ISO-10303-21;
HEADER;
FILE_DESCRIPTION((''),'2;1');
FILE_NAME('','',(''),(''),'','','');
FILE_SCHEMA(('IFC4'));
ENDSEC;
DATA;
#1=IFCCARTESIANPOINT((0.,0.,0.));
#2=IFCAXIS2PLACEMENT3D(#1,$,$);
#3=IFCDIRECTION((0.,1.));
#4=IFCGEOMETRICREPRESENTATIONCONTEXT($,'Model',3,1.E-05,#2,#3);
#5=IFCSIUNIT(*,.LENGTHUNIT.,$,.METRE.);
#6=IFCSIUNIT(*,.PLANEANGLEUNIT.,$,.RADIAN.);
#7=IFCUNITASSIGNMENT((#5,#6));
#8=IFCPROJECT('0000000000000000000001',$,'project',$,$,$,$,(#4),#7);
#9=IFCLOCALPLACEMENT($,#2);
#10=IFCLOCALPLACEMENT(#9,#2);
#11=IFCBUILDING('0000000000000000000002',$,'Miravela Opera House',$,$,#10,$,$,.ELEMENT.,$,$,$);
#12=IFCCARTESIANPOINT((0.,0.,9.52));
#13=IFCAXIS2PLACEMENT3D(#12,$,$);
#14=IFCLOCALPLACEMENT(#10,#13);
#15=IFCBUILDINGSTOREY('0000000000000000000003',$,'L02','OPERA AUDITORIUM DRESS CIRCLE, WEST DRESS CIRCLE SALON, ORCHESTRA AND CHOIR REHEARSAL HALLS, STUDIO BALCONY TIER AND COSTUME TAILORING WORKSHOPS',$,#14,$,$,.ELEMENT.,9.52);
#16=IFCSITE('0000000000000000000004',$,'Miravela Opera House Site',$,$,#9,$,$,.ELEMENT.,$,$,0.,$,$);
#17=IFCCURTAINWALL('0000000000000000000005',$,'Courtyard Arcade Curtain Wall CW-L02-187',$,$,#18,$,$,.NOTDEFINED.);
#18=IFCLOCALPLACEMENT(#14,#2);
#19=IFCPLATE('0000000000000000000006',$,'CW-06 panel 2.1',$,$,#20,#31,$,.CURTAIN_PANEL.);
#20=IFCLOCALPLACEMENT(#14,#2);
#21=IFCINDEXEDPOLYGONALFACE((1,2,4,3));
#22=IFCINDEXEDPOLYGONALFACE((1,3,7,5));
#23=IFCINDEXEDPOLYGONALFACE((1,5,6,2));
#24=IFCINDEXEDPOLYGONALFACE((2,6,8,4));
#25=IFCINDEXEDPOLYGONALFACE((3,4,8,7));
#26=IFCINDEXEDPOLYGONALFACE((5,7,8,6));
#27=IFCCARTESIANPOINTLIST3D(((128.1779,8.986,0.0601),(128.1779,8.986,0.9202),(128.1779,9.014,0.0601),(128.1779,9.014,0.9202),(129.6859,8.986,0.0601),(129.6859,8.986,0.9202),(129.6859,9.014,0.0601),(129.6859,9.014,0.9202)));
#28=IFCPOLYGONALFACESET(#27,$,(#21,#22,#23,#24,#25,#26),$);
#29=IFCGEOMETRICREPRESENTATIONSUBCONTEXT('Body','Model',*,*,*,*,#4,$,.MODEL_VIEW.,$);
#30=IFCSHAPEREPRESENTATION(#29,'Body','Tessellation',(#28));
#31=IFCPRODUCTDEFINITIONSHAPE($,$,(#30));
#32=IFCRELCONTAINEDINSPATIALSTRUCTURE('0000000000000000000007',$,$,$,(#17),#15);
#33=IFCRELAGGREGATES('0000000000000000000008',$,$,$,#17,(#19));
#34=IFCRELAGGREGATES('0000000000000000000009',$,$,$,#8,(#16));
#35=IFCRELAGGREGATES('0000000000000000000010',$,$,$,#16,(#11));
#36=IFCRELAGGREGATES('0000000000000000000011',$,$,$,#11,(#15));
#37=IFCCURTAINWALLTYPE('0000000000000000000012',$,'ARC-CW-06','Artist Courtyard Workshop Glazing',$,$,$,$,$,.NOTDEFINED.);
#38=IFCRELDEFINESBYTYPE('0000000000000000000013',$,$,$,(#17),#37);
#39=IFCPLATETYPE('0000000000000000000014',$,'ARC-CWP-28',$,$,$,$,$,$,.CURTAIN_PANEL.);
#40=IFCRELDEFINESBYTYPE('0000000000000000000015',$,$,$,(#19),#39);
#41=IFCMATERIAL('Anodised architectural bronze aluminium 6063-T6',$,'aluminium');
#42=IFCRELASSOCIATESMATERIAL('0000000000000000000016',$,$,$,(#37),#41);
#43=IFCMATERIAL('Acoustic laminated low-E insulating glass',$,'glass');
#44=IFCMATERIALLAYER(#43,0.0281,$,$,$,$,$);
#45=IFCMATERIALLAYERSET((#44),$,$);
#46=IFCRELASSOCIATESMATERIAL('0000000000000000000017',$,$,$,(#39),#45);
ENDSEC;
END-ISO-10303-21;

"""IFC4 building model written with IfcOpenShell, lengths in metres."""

from ifc_helpers import new_model, si_unit, direction, frame, origin, origin_2d, place, context, subcontext, project, spatial, rectangle, extrude, material, layer, layer_set, type_object, element, aggregate, save


model = new_model("IFC4")

# Units and contexts
model_context = context("Model", 3, precision=1e-05, world=origin(), true_north=direction((0.0, 1.0)))
body_context = subcontext(model_context, "Body", "Model", "MODEL_VIEW")
ifc_project = project(units=[si_unit("LENGTHUNIT", "METRE"), si_unit("PLANEANGLEUNIT", "RADIAN")], contexts=[model_context])

# Site, building, storey
site_placement = place(None, origin())
site = spatial("IfcSite", under=ifc_project, at=site_placement, Name="Miravela Opera House Site", CompositionType="ELEMENT", RefElevation=0.0)
building_placement = place(site_placement, origin())
building = spatial("IfcBuilding", under=site, at=building_placement, Name="Miravela Opera House", CompositionType="ELEMENT")
storey_placement = place(building_placement, frame((0.0, 0.0, 9.52)))
storey = spatial("IfcBuildingStorey", under=building, at=storey_placement, Name="L02", Description="OPERA AUDITORIUM DRESS CIRCLE, WEST DRESS CIRCLE SALON, ORCHESTRA AND CHOIR REHEARSAL HALLS, STUDIO BALCONY TIER AND COSTUME TAILORING WORKSHOPS", CompositionType="ELEMENT", Elevation=9.52)

# Shared definitions
ifc_material_1 = material(Name="Anodised architectural bronze aluminium 6063-T6", Category="aluminium")
curtain_wall_type = type_object("IfcCurtainWallType", Name="ARC-CW-06", Description="Artist Courtyard Workshop Glazing", PredefinedType="NOTDEFINED", material=ifc_material_1)

# Curtain wall
curtain_wall_1_placement = place(storey_placement, origin())
curtain_wall_1 = element("IfcCurtainWall", 1, at=curtain_wall_1_placement, inside=storey, type_object=curtain_wall_type, Name="Courtyard Arcade Curtain Wall CW-L02-187", PredefinedType="NOTDEFINED")

# Plate
ifc_material_2 = material(Name="Acoustic laminated low-E insulating glass", Category="glass")
ifc_layer = layer(ifc_material_2, 0.0281)
ifc_layer_set = layer_set([ifc_layer])
plate_type = type_object("IfcPlateType", Name="ARC-CWP-28", PredefinedType="CURTAIN_PANEL", material=ifc_layer_set)
plate_1_placement = place(storey_placement, frame((128.9319, 9.0, 0.0601), z_axis=(0.0, 0.0, 1.0), x_axis=(1.0, 0.0, 0.0)))
plate_1 = element("IfcPlate", 2, at=plate_1_placement, type_object=plate_type, Name="CW-06 panel 2.1", PredefinedType="CURTAIN_PANEL", context=body_context, shape_type="SweptSolid", body=[
    extrude(rectangle(XDim=1.5081, YDim=0.0281, at=origin_2d()), origin(), (0.0, 0.0, 1.0), 0.8601),
])
aggregate(curtain_wall_1, [plate_1])

save(model, "model.ifc")
